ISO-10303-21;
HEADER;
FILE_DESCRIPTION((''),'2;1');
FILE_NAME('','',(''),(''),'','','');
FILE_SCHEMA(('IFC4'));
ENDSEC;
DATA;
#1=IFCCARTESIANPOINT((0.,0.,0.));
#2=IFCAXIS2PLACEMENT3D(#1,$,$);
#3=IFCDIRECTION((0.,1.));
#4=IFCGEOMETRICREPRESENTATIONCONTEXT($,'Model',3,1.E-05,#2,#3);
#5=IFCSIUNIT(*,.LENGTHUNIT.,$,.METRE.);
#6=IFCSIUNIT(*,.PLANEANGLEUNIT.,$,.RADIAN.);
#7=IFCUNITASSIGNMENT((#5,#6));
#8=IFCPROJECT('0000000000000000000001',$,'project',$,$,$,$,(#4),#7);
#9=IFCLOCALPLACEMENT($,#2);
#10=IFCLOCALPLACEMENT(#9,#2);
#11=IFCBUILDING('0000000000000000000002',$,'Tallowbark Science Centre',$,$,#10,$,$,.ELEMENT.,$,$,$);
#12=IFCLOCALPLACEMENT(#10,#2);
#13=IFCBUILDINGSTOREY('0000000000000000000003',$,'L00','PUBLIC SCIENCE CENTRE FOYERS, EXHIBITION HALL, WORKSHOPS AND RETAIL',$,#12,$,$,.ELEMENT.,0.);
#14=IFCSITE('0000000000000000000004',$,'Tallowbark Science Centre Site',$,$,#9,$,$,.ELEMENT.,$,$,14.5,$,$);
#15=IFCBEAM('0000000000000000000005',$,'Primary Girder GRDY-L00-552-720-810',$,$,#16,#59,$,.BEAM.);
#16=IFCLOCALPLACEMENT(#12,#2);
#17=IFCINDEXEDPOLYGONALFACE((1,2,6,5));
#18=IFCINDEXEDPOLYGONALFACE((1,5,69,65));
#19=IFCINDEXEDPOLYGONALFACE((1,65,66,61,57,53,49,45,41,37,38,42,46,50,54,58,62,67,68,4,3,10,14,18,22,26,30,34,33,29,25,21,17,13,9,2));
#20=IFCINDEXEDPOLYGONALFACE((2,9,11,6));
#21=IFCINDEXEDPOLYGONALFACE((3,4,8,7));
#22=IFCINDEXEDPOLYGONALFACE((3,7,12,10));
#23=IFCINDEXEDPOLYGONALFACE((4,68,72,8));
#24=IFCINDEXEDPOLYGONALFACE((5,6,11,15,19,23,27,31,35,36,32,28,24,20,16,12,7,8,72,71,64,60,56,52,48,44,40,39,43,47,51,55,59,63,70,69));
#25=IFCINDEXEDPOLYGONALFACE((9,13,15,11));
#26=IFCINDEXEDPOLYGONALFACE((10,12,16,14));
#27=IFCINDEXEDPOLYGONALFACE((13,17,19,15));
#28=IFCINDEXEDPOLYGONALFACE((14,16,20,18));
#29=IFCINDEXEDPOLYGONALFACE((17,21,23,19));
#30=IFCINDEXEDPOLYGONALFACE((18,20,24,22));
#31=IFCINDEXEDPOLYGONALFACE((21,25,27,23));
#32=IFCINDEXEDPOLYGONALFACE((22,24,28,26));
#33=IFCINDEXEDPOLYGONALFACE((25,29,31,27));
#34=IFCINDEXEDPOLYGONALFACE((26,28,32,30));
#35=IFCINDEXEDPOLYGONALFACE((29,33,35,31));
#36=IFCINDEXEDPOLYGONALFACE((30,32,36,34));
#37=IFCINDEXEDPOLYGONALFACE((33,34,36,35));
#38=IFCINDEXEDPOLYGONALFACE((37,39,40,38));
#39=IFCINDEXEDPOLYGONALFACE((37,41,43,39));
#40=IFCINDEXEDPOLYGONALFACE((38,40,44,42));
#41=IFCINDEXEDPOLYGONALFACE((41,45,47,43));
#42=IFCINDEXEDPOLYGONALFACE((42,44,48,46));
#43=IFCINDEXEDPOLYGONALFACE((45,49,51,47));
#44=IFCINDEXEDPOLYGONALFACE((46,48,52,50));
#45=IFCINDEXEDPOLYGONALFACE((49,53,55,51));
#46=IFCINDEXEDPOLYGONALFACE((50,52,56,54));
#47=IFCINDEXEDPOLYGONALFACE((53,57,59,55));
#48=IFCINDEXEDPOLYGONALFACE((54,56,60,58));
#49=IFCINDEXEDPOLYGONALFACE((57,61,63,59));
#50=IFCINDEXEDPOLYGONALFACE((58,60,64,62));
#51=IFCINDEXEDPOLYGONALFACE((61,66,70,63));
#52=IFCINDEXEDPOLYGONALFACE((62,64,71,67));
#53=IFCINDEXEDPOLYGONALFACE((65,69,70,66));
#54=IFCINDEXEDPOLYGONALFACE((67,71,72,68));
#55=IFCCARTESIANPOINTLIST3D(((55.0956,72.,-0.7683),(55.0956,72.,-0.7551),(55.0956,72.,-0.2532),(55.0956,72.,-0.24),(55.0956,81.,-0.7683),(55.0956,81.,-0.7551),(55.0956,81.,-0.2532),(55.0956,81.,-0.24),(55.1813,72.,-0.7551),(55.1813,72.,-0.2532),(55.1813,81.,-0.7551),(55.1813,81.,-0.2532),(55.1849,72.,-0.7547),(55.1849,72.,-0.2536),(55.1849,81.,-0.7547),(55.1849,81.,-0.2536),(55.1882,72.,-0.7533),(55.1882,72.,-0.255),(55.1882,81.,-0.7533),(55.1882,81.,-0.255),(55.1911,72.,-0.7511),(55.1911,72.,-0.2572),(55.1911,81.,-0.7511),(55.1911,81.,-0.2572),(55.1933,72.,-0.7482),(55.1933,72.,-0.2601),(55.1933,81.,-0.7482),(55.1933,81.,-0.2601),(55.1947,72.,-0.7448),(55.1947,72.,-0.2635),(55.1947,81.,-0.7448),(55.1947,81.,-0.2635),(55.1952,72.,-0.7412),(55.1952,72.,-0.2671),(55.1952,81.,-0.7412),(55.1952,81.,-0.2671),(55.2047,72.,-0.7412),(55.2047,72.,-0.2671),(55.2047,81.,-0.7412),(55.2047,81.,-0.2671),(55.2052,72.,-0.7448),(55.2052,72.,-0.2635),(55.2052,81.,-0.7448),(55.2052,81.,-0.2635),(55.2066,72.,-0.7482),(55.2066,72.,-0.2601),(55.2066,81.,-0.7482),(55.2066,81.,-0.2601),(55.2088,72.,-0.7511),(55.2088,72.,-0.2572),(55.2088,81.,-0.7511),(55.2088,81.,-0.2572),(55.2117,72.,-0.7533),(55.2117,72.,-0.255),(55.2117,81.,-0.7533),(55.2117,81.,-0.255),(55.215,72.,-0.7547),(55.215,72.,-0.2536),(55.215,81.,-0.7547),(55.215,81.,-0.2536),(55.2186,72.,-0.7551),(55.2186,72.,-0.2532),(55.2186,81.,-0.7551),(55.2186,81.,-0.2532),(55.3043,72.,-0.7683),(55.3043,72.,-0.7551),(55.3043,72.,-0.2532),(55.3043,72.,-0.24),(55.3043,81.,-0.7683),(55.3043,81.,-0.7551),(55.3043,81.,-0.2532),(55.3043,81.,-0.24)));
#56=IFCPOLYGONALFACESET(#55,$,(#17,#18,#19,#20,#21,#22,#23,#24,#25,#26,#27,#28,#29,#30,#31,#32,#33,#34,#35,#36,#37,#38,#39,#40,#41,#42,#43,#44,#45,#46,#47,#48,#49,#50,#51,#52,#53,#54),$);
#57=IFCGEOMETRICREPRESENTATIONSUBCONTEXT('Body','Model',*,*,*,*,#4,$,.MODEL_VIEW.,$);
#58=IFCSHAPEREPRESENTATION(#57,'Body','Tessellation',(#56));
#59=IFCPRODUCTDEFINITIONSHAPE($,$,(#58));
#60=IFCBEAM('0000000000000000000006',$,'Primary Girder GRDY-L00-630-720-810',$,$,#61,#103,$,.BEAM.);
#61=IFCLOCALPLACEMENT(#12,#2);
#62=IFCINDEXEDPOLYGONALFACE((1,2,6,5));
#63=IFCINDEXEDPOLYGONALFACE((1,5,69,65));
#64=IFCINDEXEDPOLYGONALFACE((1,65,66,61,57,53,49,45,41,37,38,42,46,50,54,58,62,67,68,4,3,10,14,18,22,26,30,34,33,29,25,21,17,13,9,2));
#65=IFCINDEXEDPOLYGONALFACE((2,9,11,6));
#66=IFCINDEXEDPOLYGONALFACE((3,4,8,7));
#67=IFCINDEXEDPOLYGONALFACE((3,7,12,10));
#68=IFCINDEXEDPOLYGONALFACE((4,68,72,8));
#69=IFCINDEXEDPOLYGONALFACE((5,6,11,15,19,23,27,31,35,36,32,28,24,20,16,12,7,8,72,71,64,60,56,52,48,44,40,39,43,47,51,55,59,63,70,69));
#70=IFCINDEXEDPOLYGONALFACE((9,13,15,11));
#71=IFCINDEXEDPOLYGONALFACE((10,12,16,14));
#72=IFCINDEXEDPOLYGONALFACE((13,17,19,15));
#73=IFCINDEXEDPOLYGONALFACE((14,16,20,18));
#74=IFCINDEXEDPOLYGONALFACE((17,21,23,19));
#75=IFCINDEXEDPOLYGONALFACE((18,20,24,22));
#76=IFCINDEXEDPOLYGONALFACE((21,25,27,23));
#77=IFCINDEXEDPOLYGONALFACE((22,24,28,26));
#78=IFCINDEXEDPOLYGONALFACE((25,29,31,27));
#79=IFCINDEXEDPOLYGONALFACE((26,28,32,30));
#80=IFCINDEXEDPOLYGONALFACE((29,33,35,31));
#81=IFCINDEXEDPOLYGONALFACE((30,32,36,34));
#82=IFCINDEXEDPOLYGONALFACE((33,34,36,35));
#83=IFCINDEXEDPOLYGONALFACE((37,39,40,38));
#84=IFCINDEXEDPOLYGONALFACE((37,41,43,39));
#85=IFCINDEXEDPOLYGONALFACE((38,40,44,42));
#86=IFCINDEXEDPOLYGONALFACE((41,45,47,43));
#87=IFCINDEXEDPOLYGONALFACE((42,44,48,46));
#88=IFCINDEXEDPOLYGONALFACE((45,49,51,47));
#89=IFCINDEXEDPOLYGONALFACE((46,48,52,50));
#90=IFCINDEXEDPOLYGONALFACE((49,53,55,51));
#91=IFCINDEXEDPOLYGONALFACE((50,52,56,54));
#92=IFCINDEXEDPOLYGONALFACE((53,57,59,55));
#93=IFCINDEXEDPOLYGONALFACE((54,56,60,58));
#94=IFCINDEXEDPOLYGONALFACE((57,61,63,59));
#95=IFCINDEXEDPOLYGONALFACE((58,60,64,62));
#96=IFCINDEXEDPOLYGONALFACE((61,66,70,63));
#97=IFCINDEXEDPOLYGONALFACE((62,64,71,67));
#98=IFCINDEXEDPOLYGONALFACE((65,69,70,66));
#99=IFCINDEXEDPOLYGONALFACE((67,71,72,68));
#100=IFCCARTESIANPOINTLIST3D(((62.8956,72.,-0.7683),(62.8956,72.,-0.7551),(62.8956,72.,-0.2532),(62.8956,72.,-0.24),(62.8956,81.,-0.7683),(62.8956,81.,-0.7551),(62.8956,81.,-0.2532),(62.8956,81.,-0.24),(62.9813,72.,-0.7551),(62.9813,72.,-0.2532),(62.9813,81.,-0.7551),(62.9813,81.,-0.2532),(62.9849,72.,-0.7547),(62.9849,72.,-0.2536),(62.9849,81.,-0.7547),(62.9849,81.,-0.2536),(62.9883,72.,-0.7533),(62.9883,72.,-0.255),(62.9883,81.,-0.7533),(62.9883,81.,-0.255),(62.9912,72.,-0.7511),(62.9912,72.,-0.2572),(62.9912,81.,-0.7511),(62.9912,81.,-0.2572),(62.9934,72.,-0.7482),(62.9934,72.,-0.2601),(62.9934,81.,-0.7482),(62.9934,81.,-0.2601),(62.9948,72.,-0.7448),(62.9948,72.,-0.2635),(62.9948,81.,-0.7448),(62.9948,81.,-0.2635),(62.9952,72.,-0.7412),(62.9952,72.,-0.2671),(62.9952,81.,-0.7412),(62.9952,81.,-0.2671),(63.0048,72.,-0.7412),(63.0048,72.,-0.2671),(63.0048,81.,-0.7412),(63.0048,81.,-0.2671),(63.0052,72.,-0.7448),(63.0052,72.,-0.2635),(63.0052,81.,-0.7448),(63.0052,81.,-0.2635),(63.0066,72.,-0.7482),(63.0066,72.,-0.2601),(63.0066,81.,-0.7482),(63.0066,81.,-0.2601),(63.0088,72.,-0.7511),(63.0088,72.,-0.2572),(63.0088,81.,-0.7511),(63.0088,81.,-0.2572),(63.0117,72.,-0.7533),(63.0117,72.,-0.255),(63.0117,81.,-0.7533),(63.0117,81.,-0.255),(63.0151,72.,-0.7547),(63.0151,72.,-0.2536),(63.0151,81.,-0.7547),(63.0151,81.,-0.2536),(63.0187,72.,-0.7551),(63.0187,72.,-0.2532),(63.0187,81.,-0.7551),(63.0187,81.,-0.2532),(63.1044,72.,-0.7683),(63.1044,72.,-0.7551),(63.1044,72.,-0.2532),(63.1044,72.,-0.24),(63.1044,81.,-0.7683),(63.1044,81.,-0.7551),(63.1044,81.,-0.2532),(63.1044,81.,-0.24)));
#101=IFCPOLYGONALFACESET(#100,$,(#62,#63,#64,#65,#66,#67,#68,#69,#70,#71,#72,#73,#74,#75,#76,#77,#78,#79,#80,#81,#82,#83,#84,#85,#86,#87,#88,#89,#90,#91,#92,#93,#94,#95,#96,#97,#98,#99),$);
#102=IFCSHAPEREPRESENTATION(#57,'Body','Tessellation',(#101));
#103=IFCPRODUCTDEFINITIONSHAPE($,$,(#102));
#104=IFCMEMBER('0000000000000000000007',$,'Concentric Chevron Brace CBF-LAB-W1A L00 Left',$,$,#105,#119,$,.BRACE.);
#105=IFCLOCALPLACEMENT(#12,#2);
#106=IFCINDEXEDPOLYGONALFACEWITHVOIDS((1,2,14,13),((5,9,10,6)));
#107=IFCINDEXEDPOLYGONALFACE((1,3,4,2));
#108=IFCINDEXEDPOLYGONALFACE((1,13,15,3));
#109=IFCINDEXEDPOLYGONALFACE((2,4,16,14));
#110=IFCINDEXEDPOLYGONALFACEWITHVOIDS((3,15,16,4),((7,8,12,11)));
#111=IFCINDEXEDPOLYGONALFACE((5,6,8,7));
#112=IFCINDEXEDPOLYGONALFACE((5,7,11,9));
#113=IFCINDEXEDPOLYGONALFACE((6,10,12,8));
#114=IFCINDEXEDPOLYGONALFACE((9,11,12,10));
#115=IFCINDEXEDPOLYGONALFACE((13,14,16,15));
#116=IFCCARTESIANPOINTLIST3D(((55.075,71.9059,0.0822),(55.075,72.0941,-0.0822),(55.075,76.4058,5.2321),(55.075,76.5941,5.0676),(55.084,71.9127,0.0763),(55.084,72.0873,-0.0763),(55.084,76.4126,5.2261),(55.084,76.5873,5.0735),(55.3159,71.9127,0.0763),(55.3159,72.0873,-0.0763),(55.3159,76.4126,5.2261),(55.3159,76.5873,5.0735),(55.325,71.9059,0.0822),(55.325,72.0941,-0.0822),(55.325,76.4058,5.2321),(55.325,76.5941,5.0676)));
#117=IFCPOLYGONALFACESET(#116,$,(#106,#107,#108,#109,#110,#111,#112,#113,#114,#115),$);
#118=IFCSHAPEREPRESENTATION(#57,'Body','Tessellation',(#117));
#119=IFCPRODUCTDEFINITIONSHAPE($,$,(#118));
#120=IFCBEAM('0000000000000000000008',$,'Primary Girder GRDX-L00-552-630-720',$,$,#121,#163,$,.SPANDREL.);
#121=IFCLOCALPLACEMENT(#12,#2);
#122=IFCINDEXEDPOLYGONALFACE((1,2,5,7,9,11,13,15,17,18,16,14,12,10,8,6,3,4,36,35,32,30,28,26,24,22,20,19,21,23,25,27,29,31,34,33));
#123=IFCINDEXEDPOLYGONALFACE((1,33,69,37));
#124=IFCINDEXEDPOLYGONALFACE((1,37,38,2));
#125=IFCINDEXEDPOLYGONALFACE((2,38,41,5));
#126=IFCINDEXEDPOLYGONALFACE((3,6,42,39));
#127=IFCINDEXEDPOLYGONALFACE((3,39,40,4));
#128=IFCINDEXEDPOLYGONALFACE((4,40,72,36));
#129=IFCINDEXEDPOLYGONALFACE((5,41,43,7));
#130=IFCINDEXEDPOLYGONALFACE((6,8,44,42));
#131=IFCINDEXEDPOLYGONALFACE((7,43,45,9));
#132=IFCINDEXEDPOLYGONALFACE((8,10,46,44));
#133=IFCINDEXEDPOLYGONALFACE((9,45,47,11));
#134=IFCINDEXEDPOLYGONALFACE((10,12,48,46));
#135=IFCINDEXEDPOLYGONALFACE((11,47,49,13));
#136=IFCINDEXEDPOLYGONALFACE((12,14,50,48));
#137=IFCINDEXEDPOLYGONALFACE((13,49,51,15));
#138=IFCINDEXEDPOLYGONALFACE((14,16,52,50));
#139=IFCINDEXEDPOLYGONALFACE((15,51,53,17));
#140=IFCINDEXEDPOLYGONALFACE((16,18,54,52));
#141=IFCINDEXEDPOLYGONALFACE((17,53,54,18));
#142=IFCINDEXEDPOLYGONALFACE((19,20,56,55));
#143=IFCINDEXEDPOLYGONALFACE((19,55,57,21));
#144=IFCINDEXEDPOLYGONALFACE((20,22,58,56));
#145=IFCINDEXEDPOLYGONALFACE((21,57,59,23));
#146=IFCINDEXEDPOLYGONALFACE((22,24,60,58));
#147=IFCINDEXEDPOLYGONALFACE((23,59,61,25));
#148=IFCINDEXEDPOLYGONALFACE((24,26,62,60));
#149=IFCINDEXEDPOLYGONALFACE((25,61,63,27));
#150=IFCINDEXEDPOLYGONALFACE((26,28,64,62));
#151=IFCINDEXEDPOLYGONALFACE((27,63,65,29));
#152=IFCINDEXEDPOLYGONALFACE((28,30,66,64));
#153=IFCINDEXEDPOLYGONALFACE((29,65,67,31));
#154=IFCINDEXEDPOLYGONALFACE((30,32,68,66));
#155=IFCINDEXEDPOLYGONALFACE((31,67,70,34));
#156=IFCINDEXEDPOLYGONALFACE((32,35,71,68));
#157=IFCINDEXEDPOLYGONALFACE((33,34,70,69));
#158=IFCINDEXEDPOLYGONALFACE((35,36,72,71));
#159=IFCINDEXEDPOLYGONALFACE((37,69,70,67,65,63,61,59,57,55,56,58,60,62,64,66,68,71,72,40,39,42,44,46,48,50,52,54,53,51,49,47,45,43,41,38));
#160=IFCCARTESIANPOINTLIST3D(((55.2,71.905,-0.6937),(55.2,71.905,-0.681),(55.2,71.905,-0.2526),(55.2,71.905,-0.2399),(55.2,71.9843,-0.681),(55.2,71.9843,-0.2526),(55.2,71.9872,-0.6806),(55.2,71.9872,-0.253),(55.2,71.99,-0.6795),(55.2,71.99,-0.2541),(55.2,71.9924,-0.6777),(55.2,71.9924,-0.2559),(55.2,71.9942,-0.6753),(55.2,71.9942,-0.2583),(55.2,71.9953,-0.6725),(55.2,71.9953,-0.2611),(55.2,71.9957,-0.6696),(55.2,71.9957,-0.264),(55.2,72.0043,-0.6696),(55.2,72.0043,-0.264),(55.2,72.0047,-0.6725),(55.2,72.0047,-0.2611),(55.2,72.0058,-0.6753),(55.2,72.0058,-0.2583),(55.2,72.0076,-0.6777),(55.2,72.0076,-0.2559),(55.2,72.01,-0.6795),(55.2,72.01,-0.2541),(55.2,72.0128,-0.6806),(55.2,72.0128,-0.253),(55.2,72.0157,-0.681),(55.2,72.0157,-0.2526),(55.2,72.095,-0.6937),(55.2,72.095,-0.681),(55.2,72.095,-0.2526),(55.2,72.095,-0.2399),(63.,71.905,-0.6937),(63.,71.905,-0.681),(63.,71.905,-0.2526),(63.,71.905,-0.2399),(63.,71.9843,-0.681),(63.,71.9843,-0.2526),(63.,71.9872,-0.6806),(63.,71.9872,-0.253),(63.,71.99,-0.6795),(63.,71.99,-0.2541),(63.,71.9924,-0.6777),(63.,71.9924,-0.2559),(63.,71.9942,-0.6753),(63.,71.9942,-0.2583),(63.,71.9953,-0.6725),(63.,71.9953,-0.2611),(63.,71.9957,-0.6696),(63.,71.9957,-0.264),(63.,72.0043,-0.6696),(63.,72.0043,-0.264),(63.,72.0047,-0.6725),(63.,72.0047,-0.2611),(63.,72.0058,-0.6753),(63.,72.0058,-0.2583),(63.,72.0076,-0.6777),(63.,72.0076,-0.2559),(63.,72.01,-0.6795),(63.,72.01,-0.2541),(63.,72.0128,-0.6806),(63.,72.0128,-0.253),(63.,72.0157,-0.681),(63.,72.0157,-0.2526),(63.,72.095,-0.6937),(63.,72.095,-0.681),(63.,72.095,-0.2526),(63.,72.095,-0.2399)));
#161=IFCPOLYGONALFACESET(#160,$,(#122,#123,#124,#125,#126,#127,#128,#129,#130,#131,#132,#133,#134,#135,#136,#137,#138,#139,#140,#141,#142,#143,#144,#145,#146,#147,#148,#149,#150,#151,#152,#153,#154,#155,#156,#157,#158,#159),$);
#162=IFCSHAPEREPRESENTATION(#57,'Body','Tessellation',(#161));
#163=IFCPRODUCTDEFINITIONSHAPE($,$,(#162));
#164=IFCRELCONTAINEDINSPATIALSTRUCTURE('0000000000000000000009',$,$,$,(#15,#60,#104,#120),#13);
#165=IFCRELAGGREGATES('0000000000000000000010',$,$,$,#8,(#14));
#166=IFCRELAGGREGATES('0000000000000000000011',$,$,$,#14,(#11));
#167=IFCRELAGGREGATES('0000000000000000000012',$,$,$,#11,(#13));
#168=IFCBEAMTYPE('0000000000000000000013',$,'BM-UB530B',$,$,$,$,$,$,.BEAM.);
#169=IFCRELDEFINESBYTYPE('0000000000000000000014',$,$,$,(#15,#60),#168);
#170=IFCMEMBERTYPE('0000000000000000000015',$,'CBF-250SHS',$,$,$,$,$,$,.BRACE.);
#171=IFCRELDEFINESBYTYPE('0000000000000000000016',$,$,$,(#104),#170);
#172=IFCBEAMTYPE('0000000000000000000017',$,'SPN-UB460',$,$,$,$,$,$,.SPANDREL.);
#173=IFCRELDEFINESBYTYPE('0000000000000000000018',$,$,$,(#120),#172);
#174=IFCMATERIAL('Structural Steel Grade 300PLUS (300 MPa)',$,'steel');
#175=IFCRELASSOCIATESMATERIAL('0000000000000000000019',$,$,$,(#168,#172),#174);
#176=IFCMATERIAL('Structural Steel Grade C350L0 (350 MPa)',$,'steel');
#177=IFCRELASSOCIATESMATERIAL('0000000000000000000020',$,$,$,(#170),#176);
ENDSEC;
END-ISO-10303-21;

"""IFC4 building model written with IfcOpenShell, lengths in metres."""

from ifc_helpers import new_model, si_unit, direction, frame, origin, origin_2d, place, context, subcontext, project, spatial, hollow_rectangle, i_section, extrude, material, material_profile, profile_set, type_object, element, save


model = new_model("IFC4")

# Units and contexts
model_context = context("Model", 3, precision=1e-05, world=origin(), true_north=direction((0.0, 1.0)))
body_context = subcontext(model_context, "Body", "Model", "MODEL_VIEW")
ifc_project = project(units=[si_unit("LENGTHUNIT", "METRE"), si_unit("PLANEANGLEUNIT", "RADIAN")], contexts=[model_context])

# Site, building, storey
site_placement = place(None, origin())
site = spatial("IfcSite", under=ifc_project, at=site_placement, Name="Tallowbark Science Centre Site", CompositionType="ELEMENT", RefElevation=14.5)
building_placement = place(site_placement, origin())
building = spatial("IfcBuilding", under=site, at=building_placement, Name="Tallowbark Science Centre", CompositionType="ELEMENT")
storey_placement = place(building_placement, origin())
storey = spatial("IfcBuildingStorey", under=building, at=storey_placement, Name="L00", Description="PUBLIC SCIENCE CENTRE FOYERS, EXHIBITION HALL, WORKSHOPS AND RETAIL", CompositionType="ELEMENT", Elevation=0.0)

# Shared definitions
ifc_material_1 = material(Name="Structural Steel Grade 300PLUS (300 MPa)", Category="steel")

# Beams
ifc_material_profile_1 = material_profile(ifc_material_1, i_section(OverallWidth=0.2087, OverallDepth=0.5283, WebThickness=0.0095, FlangeThickness=0.0132, FilletRadius=0.0139, at=origin_2d()), Name="530UB82.0")
ifc_profile_set_1 = profile_set([ifc_material_profile_1], Name="Structural Steel Grade 300PLUS (300 MPa)")
beam_type_1 = type_object("IfcBeamType", Name="BM-UB530B", PredefinedType="BEAM", material=ifc_profile_set_1)
for number, where, z_axis, x_axis, name in (
    (1, (55.2, 72.0, -0.5042), (0.0, 1.0, 0.0), (-1.0, 0.0, 0.0), "Primary Girder GRDY-L00-552-720-810"),
    (2, (63.0, 72.0, -0.5042), (0.0, 1.0, 0.0), (-1.0, 0.0, 0.0), "Primary Girder GRDY-L00-630-720-810"),
):
    element("IfcBeam", number, at=place(storey_placement, frame(where, z_axis=z_axis, x_axis=x_axis)), inside=storey, type_object=beam_type_1, Name=name, PredefinedType="BEAM", context=body_context, shape_type="SweptSolid", body=[
        extrude(i_section(OverallWidth=0.2087, OverallDepth=0.5283, WebThickness=0.0095, FlangeThickness=0.0132, FilletRadius=0.0139, at=origin_2d()), origin(), (0.0, 0.0, 1.0), 9.0),
    ])

# Member
ifc_material_2 = material(Name="Structural Steel Grade C350L0 (350 MPa)", Category="steel")
ifc_material_profile_2 = material_profile(ifc_material_2, hollow_rectangle(XDim=0.25, YDim=0.25, WallThickness=0.009, at=origin_2d()), Name="250x250x9.0SHS")
ifc_profile_set_2 = profile_set([ifc_material_profile_2], Name="Structural Steel Grade C350L0 (350 MPa)")
member_type = type_object("IfcMemberType", Name="CBF-250SHS", PredefinedType="BRACE", material=ifc_profile_set_2)
member_placement = place(storey_placement, frame((55.2, 72.0, 0.0), z_axis=(0.0, 0.657994, 0.753023), x_axis=(-1.0, 0.0, 0.0)))
element("IfcMember", 3, at=member_placement, inside=storey, type_object=member_type, Name="Concentric Chevron Brace CBF-LAB-W1A L00 Left", PredefinedType="BRACE", context=body_context, shape_type="SweptSolid", body=[
    extrude(hollow_rectangle(XDim=0.25, YDim=0.25, WallThickness=0.009, at=origin_2d()), origin(), (0.0, 0.0, 1.0), 6.8389),
])

# Beam
ifc_material_profile_3 = material_profile(ifc_material_1, i_section(OverallWidth=0.1899, OverallDepth=0.4539, WebThickness=0.0085, FlangeThickness=0.0127, FilletRadius=0.0115, at=origin_2d()), Name="460UB67.1")
ifc_profile_set_3 = profile_set([ifc_material_profile_3], Name="Structural Steel Grade 300PLUS (300 MPa)")
beam_type_2 = type_object("IfcBeamType", Name="SPN-UB460", PredefinedType="SPANDREL", material=ifc_profile_set_3)
beam_1_placement = place(storey_placement, frame((55.2, 72.0, -0.4668), z_axis=(1.0, 0.0, 0.0), x_axis=(0.0, 1.0, 0.0)))
element("IfcBeam", 4, at=beam_1_placement, inside=storey, type_object=beam_type_2, Name="Primary Girder GRDX-L00-552-630-720", PredefinedType="SPANDREL", context=body_context, shape_type="SweptSolid", body=[
    extrude(i_section(OverallWidth=0.1899, OverallDepth=0.4539, WebThickness=0.0085, FlangeThickness=0.0127, FilletRadius=0.0115, at=origin_2d()), origin(), (0.0, 0.0, 1.0), 7.8),
])

save(model, "model.ifc")
